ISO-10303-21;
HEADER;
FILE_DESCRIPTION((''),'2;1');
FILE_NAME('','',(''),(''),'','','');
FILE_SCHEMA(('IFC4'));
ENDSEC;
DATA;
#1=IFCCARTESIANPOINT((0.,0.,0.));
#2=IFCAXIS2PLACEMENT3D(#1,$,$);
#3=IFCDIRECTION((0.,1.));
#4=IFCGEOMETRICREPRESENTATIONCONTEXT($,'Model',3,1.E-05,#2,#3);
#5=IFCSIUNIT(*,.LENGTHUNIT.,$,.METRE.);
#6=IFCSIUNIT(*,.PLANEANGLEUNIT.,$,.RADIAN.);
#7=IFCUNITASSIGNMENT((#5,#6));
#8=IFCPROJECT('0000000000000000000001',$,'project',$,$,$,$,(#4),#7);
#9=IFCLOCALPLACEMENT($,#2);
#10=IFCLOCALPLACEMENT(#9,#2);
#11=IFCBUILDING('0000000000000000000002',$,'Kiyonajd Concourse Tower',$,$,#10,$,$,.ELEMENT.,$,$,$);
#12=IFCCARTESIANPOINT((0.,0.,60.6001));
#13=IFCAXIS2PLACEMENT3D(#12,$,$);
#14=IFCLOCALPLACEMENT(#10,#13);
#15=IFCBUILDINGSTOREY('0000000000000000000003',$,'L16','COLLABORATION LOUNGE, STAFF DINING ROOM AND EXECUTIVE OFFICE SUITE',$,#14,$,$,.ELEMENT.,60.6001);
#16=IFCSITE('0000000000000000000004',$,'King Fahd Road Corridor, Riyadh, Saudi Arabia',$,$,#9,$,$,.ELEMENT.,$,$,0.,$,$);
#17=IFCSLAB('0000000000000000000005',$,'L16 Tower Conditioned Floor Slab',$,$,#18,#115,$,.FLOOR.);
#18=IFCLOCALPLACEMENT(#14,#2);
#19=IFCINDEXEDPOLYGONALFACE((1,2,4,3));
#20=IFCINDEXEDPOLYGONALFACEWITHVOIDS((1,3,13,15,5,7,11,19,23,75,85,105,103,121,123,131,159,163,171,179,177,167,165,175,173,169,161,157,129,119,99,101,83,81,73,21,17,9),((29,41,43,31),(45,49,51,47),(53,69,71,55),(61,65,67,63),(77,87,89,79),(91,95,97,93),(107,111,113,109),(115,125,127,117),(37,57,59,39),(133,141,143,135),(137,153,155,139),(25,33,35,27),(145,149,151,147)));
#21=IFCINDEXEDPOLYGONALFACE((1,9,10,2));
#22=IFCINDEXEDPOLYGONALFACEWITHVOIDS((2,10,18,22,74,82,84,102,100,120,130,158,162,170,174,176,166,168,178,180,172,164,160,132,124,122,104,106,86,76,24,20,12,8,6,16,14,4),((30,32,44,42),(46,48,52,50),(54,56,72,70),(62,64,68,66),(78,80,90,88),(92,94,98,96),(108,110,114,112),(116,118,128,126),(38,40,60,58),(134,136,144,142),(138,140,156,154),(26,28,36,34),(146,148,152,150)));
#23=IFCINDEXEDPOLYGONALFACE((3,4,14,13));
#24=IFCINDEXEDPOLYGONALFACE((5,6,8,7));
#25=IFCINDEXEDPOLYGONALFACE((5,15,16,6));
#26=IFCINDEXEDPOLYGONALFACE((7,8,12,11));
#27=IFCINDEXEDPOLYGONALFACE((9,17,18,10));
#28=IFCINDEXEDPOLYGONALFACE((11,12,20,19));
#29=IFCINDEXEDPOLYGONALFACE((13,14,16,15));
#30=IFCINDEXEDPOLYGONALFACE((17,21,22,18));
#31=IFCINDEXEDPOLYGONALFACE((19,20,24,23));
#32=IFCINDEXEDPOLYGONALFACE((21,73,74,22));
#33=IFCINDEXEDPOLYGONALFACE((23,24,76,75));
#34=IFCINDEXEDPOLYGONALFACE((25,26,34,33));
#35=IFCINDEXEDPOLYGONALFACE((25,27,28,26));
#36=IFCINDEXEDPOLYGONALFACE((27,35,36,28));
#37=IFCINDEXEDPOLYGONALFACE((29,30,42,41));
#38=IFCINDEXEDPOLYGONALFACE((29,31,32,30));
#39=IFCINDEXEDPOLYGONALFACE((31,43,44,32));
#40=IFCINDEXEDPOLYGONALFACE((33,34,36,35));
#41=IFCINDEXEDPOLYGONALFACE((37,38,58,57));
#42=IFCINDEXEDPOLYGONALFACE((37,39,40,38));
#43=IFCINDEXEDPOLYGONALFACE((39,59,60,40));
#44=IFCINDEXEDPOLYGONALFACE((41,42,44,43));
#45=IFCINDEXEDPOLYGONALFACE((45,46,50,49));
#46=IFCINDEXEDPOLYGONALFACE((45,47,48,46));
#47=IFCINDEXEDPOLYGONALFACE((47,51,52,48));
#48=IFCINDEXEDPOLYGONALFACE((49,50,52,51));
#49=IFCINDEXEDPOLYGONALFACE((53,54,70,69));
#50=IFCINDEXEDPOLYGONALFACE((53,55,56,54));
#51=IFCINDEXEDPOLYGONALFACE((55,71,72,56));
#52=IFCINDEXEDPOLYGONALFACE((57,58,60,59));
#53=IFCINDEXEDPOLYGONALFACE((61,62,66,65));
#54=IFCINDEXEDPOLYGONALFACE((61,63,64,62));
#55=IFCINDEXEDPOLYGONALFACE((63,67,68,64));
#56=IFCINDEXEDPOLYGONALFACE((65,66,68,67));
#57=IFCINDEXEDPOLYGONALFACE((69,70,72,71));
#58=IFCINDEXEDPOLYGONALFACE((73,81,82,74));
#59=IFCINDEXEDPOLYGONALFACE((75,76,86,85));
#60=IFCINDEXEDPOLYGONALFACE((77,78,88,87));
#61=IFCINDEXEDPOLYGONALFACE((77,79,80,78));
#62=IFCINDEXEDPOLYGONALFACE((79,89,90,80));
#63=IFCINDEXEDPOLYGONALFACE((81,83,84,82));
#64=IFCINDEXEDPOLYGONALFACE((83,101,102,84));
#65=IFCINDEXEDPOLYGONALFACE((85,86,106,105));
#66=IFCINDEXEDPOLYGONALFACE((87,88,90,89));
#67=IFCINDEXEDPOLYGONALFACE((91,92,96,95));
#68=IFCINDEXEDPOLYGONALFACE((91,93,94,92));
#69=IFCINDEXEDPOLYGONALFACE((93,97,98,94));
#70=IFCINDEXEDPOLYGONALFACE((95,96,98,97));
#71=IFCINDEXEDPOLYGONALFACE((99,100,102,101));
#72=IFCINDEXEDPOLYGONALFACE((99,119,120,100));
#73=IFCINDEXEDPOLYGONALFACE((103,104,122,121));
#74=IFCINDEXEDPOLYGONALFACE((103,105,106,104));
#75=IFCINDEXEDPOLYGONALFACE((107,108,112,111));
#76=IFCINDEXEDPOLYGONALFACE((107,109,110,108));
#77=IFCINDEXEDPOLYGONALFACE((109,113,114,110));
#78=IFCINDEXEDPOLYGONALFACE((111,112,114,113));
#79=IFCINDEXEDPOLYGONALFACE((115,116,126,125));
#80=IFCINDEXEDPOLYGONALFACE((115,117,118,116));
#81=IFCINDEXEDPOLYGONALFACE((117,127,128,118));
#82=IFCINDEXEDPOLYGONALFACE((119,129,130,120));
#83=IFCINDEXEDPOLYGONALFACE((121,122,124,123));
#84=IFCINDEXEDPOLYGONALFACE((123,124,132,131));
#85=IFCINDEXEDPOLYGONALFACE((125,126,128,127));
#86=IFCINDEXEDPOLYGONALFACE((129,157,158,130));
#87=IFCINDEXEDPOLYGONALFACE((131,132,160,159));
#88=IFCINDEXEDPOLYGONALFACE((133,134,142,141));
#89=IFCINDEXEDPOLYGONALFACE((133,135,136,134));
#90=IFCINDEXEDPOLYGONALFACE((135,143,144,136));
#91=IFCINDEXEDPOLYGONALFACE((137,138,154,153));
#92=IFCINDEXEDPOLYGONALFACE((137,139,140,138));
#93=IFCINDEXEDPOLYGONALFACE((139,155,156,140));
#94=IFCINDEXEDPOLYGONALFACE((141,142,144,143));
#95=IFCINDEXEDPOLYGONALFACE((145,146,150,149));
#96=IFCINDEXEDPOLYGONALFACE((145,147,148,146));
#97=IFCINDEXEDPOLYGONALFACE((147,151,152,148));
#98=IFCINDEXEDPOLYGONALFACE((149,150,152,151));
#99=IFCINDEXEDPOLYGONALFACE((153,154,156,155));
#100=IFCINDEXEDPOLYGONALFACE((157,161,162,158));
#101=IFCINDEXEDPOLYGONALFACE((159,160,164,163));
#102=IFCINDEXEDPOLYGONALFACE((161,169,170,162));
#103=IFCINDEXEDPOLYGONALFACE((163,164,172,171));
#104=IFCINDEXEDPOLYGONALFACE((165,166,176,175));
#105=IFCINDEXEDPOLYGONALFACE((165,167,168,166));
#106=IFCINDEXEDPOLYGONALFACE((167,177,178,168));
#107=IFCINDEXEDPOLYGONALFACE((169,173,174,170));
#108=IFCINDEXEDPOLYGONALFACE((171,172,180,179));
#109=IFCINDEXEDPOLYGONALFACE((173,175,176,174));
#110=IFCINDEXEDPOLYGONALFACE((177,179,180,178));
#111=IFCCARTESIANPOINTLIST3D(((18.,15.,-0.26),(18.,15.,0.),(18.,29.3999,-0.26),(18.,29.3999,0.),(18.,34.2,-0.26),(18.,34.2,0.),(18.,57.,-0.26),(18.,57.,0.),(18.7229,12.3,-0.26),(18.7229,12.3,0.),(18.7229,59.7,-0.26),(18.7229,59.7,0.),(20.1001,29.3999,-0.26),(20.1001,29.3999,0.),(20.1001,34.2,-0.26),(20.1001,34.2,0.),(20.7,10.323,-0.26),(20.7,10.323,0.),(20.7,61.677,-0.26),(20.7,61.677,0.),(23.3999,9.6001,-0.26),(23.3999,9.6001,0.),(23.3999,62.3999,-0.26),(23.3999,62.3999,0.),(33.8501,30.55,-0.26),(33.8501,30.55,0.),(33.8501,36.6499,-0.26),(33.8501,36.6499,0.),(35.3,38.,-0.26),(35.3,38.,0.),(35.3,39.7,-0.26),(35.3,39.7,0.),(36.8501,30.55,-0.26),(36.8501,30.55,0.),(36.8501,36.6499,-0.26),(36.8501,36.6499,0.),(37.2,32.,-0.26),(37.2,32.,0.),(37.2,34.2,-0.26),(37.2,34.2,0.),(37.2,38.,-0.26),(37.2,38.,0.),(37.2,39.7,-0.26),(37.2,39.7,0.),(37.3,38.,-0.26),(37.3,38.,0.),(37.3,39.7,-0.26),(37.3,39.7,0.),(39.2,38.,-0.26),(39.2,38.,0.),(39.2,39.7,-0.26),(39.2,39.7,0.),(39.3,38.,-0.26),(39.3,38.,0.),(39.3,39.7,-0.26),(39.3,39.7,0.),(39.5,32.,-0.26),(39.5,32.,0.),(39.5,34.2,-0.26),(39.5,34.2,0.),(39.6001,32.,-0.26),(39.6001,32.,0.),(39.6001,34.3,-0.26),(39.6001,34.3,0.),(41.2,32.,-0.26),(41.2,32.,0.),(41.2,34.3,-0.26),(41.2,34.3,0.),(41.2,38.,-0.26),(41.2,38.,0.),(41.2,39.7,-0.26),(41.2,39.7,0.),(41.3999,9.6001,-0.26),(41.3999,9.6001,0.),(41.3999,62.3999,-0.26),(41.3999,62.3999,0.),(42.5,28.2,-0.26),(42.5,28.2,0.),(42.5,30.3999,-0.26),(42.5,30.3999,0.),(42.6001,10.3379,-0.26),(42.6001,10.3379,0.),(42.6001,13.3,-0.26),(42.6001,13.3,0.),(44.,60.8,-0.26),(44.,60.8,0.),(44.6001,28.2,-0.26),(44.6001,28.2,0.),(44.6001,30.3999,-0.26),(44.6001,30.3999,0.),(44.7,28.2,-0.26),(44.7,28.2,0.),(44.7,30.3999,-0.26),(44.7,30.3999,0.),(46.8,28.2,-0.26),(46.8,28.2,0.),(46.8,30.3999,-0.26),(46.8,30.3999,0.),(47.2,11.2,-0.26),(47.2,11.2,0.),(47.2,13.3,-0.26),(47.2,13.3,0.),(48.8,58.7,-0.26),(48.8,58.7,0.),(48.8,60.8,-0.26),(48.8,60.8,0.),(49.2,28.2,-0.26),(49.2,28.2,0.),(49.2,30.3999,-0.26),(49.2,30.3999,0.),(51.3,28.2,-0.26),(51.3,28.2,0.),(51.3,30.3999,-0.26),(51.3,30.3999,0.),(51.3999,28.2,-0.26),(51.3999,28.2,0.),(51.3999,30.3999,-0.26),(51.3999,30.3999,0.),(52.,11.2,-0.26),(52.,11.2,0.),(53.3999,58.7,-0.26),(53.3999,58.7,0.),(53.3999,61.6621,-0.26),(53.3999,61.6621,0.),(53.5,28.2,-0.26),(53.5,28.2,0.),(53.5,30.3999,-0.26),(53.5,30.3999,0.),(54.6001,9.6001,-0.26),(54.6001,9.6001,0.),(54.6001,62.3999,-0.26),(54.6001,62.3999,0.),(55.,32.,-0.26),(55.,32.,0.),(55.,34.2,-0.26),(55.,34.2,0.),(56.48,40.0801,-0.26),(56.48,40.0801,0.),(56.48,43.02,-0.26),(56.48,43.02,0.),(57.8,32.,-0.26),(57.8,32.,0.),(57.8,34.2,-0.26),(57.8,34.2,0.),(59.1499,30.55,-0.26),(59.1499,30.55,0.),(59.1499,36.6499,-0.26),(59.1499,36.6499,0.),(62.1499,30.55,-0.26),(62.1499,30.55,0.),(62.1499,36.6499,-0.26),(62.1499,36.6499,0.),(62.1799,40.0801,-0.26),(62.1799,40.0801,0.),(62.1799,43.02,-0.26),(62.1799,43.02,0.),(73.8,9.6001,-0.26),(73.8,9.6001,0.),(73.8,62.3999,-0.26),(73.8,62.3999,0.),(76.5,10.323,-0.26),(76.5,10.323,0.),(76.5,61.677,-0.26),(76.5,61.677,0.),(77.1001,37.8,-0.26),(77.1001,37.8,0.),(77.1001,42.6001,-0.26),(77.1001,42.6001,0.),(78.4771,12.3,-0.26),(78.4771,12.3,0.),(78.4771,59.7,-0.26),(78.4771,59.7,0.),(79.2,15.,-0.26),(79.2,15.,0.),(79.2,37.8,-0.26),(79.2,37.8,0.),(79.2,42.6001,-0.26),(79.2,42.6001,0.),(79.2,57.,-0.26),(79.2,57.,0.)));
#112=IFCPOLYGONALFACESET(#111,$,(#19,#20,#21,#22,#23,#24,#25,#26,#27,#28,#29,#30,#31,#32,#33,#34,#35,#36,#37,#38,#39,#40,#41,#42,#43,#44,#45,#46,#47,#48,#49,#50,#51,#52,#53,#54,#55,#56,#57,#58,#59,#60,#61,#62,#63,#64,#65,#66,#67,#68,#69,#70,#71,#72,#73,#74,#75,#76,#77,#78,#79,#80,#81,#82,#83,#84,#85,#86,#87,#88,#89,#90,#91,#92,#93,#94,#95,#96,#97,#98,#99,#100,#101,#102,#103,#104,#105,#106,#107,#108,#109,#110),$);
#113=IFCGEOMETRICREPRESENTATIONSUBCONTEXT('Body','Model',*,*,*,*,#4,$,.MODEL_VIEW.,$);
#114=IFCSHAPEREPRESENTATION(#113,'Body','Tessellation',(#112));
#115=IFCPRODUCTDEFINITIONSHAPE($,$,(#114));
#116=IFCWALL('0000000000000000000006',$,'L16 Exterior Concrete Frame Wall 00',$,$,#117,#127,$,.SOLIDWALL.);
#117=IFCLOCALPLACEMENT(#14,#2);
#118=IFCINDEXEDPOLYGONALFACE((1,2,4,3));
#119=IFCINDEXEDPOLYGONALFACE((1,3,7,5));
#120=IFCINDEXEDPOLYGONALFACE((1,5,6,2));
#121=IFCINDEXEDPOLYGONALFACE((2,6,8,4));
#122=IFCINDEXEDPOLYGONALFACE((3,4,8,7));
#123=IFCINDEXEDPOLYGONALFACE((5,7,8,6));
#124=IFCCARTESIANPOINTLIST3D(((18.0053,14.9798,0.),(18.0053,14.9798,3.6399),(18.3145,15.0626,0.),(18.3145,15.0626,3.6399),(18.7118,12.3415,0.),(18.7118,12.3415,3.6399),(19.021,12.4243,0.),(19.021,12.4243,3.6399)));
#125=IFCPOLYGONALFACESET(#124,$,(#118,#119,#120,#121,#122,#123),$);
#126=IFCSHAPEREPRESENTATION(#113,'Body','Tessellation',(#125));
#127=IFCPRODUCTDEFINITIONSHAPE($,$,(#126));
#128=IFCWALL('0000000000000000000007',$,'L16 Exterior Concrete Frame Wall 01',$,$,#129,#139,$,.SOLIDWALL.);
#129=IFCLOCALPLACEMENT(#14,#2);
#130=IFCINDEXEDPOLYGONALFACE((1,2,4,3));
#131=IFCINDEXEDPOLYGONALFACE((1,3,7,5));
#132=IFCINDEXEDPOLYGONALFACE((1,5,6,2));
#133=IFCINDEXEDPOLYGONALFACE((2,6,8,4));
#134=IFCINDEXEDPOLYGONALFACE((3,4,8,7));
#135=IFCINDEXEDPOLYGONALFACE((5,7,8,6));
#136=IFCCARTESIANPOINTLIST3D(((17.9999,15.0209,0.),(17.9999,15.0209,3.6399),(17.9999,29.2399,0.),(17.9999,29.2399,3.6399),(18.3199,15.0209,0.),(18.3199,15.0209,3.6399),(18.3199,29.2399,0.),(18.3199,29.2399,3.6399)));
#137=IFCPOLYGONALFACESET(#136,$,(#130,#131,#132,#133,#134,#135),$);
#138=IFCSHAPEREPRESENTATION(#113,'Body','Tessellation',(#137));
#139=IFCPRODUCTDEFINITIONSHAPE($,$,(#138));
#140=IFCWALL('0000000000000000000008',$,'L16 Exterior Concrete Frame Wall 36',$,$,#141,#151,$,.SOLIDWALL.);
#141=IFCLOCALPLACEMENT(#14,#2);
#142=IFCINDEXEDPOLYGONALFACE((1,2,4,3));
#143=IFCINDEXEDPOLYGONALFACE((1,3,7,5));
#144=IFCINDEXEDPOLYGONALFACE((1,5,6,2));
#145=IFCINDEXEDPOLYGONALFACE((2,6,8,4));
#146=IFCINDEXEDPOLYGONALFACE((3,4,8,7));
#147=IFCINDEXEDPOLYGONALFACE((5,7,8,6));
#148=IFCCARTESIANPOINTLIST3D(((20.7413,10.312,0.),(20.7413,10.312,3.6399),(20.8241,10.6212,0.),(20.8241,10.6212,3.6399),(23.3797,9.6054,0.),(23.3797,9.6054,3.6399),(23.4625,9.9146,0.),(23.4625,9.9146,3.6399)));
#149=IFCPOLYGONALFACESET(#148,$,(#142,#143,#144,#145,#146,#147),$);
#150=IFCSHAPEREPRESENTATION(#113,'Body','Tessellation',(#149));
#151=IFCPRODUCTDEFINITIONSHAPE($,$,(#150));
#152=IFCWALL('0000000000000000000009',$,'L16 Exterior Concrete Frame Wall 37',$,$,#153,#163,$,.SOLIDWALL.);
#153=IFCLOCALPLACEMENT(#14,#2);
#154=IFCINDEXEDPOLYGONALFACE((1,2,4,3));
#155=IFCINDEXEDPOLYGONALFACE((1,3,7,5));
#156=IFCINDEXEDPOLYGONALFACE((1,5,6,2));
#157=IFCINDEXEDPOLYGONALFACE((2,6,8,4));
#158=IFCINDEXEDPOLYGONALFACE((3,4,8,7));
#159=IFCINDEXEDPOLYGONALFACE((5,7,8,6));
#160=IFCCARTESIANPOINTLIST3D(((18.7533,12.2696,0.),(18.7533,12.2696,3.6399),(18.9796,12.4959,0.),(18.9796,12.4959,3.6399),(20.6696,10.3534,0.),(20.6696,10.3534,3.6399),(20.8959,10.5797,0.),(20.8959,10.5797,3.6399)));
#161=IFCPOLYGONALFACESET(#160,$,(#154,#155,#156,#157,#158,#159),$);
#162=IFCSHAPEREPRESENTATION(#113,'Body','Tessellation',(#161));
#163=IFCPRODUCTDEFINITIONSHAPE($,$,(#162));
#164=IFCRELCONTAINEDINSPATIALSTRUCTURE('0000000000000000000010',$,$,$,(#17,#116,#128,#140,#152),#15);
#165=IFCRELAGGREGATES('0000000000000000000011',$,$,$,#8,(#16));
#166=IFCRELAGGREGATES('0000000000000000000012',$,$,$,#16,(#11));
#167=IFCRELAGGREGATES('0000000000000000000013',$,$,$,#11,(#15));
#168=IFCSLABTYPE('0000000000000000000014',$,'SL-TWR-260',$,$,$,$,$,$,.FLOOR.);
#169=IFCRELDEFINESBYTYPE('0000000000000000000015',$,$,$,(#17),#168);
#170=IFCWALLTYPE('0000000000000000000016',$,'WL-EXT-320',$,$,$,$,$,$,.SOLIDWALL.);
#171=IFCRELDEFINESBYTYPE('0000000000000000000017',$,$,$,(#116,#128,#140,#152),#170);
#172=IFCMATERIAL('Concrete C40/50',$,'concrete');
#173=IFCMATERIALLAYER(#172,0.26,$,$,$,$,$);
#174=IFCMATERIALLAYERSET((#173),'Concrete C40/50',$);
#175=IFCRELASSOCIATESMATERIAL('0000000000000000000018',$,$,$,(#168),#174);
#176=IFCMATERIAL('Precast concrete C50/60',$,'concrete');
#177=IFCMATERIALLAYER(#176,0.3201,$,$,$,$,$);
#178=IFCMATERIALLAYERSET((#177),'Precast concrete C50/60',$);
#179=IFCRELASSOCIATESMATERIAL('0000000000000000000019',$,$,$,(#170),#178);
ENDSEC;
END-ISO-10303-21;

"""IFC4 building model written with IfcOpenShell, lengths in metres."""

from ifc_helpers import new_model, si_unit, direction, frame, frame_2d, origin, place, context, subcontext, project, spatial, polyline, rectangle, outline, extrude, material, layer, layer_set, type_object, element, save


model = new_model("IFC4")

# Units and contexts
model_context = context("Model", 3, precision=1e-05, world=origin(), true_north=direction((0.0, 1.0)))
body_context = subcontext(model_context, "Body", "Model", "MODEL_VIEW")
ifc_project = project(units=[si_unit("LENGTHUNIT", "METRE"), si_unit("PLANEANGLEUNIT", "RADIAN")], contexts=[model_context])

# Site, building, storey
site_placement = place(None, origin())
site = spatial("IfcSite", under=ifc_project, at=site_placement, Name="King Fahd Road Corridor, Riyadh, Saudi Arabia", CompositionType="ELEMENT", RefElevation=0.0)
building_placement = place(site_placement, origin())
building = spatial("IfcBuilding", under=site, at=building_placement, Name="Kiyonajd Concourse Tower", CompositionType="ELEMENT")
storey_placement = place(building_placement, frame((0.0, 0.0, 60.6001)))
storey = spatial("IfcBuildingStorey", under=building, at=storey_placement, Name="L16", Description="COLLABORATION LOUNGE, STAFF DINING ROOM AND EXECUTIVE OFFICE SUITE", CompositionType="ELEMENT", Elevation=60.6001)

# Shared definitions
ifc_material_1 = material(Name="Precast concrete C50/60", Category="concrete")

# Shared definitions
ifc_material_2 = material(Name="Concrete C40/50", Category="concrete")

# Slab
ifc_layer_1 = layer(ifc_material_2, 0.26)
ifc_layer_set_1 = layer_set([ifc_layer_1], Name="Concrete C40/50")
slab_type_1 = type_object("IfcSlabType", Name="SL-TWR-260", PredefinedType="FLOOR", material=ifc_layer_set_1)
slab_1_placement = place(storey_placement, frame((0.0, 0.0, -0.26)))
element("IfcSlab", 1, at=slab_1_placement, inside=storey, type_object=slab_type_1, Name="L16 Tower Conditioned Floor Slab", PredefinedType="FLOOR", context=body_context, shape_type="SweptSolid", body=[
    extrude(outline(polyline([(18.7229, 12.3), (18.0, 15.0), (18.0, 29.3999), (20.1001, 29.3999), (20.1001, 34.2), (18.0, 34.2), (18.0, 57.0), (18.7229, 59.7), (20.7, 61.677), (23.3999, 62.3999), (41.3999, 62.3999), (44.0, 60.8), (48.8, 60.8), (48.8, 58.7), (53.3999, 58.7), (53.3999, 61.6621), (54.6001, 62.3999), (73.8, 62.3999), (76.5, 61.677), (78.4771, 59.7), (79.2, 57.0), (79.2, 42.6001), (77.1001, 42.6001), (77.1001, 37.8), (79.2, 37.8), (79.2, 15.0), (78.4771, 12.3), (76.5, 10.323), (73.8, 9.6001), (54.6001, 9.6001), (52.0, 11.2), (47.2, 11.2), (47.2, 13.3), (42.6001, 13.3), (42.6001, 10.3379), (41.3999, 9.6001), (23.3999, 9.6001), (20.7, 10.323), (18.7229, 12.3)]), holes=[polyline([(44.6001, 28.2), (42.5, 28.2), (42.5, 30.3999), (44.6001, 30.3999), (44.6001, 28.2)]), polyline([(37.2, 32.0), (37.2, 34.2), (39.5, 34.2), (39.5, 32.0), (37.2, 32.0)]), polyline([(39.6001, 32.0), (39.6001, 34.3), (41.2, 34.3), (41.2, 32.0), (39.6001, 32.0)]), polyline([(36.8501, 30.55), (33.8501, 30.55), (33.8501, 36.6499), (36.8501, 36.6499), (36.8501, 30.55)]), polyline([(35.3, 38.0), (35.3, 39.7), (37.2, 39.7), (37.2, 38.0), (35.3, 38.0)]), polyline([(37.3, 38.0), (37.3, 39.7), (39.2, 39.7), (39.2, 38.0), (37.3, 38.0)]), polyline([(41.2, 38.0), (39.3, 38.0), (39.3, 39.7), (41.2, 39.7), (41.2, 38.0)]), polyline([(44.7, 28.2), (44.7, 30.3999), (46.8, 30.3999), (46.8, 28.2), (44.7, 28.2)]), polyline([(49.2, 28.2), (49.2, 30.3999), (51.3, 30.3999), (51.3, 28.2), (49.2, 28.2)]), polyline([(51.3999, 28.2), (51.3999, 30.3999), (53.5, 30.3999), (53.5, 28.2), (51.3999, 28.2)]), polyline([(55.0, 32.0), (55.0, 34.2), (57.8, 34.2), (57.8, 32.0), (55.0, 32.0)]), polyline([(59.1499, 30.55), (59.1499, 36.6499), (62.1499, 36.6499), (62.1499, 30.55), (59.1499, 30.55)]), polyline([(56.48, 43.02), (62.1799, 43.02), (62.1799, 40.0801), (56.48, 40.0801), (56.48, 43.02)])]), origin(), (0.0, 0.0, 1.0), 0.26),
])

# Walls
ifc_layer_2 = layer(ifc_material_1, 0.3201)
ifc_layer_set_2 = layer_set([ifc_layer_2], Name="Precast concrete C50/60")
wall_type = type_object("IfcWallType", Name="WL-EXT-320", PredefinedType="SOLIDWALL", material=ifc_layer_set_2)
wall_1_placement = place(storey_placement, frame((18.8665, 12.3828, 0.0), z_axis=(0.0, 0.0, 1.0), x_axis=(-0.258697, 0.965958, 0.0)))
element("IfcWall", 2, at=wall_1_placement, inside=storey, type_object=wall_type, Name="L16 Exterior Concrete Frame Wall 00", PredefinedType="SOLIDWALL", context=body_context, shape_type="SweptSolid", body=[
    extrude(rectangle(XDim=2.7312, YDim=0.3201, at=frame_2d((1.3657, 0.0))), origin(), (0.0, 0.0, 1.0), 3.6399),
])
wall_2_placement = place(storey_placement, frame((18.1599, 15.021, 0.0), z_axis=(0.0, 0.0, 1.0), x_axis=(0.0, 1.0, 0.0)))
element("IfcWall", 3, at=wall_2_placement, inside=storey, type_object=wall_type, Name="L16 Exterior Concrete Frame Wall 01", PredefinedType="SOLIDWALL", context=body_context, shape_type="SweptSolid", body=[
    extrude(rectangle(XDim=14.219, YDim=0.3201, at=frame_2d((7.1094, 0.0))), origin(), (0.0, 0.0, 1.0), 3.6399),
])
wall_3_placement = place(storey_placement, frame((23.4211, 9.76, 0.0), z_axis=(0.0, 0.0, 1.0), x_axis=(-0.965964, 0.258675, 0.0)))
element("IfcWall", 4, at=wall_3_placement, inside=storey, type_object=wall_type, Name="L16 Exterior Concrete Frame Wall 36", PredefinedType="SOLIDWALL", context=body_context, shape_type="SweptSolid", body=[
    extrude(rectangle(XDim=2.7314, YDim=0.3201, at=frame_2d((1.3657, 0.0))), origin(), (0.0, 0.0, 1.0), 3.6399),
])
wall_4_placement = place(storey_placement, frame((20.7827, 10.4666, 0.0), z_axis=(0.0, 0.0, 1.0), x_axis=(-0.707107, 0.707107, 0.0)))
element("IfcWall", 5, at=wall_4_placement, inside=storey, type_object=wall_type, Name="L16 Exterior Concrete Frame Wall 37", PredefinedType="SOLIDWALL", context=body_context, shape_type="SweptSolid", body=[
    extrude(rectangle(XDim=2.71, YDim=0.3201, at=frame_2d((1.355, 0.0))), origin(), (0.0, 0.0, 1.0), 3.6399),
])

save(model, "model.ifc")
